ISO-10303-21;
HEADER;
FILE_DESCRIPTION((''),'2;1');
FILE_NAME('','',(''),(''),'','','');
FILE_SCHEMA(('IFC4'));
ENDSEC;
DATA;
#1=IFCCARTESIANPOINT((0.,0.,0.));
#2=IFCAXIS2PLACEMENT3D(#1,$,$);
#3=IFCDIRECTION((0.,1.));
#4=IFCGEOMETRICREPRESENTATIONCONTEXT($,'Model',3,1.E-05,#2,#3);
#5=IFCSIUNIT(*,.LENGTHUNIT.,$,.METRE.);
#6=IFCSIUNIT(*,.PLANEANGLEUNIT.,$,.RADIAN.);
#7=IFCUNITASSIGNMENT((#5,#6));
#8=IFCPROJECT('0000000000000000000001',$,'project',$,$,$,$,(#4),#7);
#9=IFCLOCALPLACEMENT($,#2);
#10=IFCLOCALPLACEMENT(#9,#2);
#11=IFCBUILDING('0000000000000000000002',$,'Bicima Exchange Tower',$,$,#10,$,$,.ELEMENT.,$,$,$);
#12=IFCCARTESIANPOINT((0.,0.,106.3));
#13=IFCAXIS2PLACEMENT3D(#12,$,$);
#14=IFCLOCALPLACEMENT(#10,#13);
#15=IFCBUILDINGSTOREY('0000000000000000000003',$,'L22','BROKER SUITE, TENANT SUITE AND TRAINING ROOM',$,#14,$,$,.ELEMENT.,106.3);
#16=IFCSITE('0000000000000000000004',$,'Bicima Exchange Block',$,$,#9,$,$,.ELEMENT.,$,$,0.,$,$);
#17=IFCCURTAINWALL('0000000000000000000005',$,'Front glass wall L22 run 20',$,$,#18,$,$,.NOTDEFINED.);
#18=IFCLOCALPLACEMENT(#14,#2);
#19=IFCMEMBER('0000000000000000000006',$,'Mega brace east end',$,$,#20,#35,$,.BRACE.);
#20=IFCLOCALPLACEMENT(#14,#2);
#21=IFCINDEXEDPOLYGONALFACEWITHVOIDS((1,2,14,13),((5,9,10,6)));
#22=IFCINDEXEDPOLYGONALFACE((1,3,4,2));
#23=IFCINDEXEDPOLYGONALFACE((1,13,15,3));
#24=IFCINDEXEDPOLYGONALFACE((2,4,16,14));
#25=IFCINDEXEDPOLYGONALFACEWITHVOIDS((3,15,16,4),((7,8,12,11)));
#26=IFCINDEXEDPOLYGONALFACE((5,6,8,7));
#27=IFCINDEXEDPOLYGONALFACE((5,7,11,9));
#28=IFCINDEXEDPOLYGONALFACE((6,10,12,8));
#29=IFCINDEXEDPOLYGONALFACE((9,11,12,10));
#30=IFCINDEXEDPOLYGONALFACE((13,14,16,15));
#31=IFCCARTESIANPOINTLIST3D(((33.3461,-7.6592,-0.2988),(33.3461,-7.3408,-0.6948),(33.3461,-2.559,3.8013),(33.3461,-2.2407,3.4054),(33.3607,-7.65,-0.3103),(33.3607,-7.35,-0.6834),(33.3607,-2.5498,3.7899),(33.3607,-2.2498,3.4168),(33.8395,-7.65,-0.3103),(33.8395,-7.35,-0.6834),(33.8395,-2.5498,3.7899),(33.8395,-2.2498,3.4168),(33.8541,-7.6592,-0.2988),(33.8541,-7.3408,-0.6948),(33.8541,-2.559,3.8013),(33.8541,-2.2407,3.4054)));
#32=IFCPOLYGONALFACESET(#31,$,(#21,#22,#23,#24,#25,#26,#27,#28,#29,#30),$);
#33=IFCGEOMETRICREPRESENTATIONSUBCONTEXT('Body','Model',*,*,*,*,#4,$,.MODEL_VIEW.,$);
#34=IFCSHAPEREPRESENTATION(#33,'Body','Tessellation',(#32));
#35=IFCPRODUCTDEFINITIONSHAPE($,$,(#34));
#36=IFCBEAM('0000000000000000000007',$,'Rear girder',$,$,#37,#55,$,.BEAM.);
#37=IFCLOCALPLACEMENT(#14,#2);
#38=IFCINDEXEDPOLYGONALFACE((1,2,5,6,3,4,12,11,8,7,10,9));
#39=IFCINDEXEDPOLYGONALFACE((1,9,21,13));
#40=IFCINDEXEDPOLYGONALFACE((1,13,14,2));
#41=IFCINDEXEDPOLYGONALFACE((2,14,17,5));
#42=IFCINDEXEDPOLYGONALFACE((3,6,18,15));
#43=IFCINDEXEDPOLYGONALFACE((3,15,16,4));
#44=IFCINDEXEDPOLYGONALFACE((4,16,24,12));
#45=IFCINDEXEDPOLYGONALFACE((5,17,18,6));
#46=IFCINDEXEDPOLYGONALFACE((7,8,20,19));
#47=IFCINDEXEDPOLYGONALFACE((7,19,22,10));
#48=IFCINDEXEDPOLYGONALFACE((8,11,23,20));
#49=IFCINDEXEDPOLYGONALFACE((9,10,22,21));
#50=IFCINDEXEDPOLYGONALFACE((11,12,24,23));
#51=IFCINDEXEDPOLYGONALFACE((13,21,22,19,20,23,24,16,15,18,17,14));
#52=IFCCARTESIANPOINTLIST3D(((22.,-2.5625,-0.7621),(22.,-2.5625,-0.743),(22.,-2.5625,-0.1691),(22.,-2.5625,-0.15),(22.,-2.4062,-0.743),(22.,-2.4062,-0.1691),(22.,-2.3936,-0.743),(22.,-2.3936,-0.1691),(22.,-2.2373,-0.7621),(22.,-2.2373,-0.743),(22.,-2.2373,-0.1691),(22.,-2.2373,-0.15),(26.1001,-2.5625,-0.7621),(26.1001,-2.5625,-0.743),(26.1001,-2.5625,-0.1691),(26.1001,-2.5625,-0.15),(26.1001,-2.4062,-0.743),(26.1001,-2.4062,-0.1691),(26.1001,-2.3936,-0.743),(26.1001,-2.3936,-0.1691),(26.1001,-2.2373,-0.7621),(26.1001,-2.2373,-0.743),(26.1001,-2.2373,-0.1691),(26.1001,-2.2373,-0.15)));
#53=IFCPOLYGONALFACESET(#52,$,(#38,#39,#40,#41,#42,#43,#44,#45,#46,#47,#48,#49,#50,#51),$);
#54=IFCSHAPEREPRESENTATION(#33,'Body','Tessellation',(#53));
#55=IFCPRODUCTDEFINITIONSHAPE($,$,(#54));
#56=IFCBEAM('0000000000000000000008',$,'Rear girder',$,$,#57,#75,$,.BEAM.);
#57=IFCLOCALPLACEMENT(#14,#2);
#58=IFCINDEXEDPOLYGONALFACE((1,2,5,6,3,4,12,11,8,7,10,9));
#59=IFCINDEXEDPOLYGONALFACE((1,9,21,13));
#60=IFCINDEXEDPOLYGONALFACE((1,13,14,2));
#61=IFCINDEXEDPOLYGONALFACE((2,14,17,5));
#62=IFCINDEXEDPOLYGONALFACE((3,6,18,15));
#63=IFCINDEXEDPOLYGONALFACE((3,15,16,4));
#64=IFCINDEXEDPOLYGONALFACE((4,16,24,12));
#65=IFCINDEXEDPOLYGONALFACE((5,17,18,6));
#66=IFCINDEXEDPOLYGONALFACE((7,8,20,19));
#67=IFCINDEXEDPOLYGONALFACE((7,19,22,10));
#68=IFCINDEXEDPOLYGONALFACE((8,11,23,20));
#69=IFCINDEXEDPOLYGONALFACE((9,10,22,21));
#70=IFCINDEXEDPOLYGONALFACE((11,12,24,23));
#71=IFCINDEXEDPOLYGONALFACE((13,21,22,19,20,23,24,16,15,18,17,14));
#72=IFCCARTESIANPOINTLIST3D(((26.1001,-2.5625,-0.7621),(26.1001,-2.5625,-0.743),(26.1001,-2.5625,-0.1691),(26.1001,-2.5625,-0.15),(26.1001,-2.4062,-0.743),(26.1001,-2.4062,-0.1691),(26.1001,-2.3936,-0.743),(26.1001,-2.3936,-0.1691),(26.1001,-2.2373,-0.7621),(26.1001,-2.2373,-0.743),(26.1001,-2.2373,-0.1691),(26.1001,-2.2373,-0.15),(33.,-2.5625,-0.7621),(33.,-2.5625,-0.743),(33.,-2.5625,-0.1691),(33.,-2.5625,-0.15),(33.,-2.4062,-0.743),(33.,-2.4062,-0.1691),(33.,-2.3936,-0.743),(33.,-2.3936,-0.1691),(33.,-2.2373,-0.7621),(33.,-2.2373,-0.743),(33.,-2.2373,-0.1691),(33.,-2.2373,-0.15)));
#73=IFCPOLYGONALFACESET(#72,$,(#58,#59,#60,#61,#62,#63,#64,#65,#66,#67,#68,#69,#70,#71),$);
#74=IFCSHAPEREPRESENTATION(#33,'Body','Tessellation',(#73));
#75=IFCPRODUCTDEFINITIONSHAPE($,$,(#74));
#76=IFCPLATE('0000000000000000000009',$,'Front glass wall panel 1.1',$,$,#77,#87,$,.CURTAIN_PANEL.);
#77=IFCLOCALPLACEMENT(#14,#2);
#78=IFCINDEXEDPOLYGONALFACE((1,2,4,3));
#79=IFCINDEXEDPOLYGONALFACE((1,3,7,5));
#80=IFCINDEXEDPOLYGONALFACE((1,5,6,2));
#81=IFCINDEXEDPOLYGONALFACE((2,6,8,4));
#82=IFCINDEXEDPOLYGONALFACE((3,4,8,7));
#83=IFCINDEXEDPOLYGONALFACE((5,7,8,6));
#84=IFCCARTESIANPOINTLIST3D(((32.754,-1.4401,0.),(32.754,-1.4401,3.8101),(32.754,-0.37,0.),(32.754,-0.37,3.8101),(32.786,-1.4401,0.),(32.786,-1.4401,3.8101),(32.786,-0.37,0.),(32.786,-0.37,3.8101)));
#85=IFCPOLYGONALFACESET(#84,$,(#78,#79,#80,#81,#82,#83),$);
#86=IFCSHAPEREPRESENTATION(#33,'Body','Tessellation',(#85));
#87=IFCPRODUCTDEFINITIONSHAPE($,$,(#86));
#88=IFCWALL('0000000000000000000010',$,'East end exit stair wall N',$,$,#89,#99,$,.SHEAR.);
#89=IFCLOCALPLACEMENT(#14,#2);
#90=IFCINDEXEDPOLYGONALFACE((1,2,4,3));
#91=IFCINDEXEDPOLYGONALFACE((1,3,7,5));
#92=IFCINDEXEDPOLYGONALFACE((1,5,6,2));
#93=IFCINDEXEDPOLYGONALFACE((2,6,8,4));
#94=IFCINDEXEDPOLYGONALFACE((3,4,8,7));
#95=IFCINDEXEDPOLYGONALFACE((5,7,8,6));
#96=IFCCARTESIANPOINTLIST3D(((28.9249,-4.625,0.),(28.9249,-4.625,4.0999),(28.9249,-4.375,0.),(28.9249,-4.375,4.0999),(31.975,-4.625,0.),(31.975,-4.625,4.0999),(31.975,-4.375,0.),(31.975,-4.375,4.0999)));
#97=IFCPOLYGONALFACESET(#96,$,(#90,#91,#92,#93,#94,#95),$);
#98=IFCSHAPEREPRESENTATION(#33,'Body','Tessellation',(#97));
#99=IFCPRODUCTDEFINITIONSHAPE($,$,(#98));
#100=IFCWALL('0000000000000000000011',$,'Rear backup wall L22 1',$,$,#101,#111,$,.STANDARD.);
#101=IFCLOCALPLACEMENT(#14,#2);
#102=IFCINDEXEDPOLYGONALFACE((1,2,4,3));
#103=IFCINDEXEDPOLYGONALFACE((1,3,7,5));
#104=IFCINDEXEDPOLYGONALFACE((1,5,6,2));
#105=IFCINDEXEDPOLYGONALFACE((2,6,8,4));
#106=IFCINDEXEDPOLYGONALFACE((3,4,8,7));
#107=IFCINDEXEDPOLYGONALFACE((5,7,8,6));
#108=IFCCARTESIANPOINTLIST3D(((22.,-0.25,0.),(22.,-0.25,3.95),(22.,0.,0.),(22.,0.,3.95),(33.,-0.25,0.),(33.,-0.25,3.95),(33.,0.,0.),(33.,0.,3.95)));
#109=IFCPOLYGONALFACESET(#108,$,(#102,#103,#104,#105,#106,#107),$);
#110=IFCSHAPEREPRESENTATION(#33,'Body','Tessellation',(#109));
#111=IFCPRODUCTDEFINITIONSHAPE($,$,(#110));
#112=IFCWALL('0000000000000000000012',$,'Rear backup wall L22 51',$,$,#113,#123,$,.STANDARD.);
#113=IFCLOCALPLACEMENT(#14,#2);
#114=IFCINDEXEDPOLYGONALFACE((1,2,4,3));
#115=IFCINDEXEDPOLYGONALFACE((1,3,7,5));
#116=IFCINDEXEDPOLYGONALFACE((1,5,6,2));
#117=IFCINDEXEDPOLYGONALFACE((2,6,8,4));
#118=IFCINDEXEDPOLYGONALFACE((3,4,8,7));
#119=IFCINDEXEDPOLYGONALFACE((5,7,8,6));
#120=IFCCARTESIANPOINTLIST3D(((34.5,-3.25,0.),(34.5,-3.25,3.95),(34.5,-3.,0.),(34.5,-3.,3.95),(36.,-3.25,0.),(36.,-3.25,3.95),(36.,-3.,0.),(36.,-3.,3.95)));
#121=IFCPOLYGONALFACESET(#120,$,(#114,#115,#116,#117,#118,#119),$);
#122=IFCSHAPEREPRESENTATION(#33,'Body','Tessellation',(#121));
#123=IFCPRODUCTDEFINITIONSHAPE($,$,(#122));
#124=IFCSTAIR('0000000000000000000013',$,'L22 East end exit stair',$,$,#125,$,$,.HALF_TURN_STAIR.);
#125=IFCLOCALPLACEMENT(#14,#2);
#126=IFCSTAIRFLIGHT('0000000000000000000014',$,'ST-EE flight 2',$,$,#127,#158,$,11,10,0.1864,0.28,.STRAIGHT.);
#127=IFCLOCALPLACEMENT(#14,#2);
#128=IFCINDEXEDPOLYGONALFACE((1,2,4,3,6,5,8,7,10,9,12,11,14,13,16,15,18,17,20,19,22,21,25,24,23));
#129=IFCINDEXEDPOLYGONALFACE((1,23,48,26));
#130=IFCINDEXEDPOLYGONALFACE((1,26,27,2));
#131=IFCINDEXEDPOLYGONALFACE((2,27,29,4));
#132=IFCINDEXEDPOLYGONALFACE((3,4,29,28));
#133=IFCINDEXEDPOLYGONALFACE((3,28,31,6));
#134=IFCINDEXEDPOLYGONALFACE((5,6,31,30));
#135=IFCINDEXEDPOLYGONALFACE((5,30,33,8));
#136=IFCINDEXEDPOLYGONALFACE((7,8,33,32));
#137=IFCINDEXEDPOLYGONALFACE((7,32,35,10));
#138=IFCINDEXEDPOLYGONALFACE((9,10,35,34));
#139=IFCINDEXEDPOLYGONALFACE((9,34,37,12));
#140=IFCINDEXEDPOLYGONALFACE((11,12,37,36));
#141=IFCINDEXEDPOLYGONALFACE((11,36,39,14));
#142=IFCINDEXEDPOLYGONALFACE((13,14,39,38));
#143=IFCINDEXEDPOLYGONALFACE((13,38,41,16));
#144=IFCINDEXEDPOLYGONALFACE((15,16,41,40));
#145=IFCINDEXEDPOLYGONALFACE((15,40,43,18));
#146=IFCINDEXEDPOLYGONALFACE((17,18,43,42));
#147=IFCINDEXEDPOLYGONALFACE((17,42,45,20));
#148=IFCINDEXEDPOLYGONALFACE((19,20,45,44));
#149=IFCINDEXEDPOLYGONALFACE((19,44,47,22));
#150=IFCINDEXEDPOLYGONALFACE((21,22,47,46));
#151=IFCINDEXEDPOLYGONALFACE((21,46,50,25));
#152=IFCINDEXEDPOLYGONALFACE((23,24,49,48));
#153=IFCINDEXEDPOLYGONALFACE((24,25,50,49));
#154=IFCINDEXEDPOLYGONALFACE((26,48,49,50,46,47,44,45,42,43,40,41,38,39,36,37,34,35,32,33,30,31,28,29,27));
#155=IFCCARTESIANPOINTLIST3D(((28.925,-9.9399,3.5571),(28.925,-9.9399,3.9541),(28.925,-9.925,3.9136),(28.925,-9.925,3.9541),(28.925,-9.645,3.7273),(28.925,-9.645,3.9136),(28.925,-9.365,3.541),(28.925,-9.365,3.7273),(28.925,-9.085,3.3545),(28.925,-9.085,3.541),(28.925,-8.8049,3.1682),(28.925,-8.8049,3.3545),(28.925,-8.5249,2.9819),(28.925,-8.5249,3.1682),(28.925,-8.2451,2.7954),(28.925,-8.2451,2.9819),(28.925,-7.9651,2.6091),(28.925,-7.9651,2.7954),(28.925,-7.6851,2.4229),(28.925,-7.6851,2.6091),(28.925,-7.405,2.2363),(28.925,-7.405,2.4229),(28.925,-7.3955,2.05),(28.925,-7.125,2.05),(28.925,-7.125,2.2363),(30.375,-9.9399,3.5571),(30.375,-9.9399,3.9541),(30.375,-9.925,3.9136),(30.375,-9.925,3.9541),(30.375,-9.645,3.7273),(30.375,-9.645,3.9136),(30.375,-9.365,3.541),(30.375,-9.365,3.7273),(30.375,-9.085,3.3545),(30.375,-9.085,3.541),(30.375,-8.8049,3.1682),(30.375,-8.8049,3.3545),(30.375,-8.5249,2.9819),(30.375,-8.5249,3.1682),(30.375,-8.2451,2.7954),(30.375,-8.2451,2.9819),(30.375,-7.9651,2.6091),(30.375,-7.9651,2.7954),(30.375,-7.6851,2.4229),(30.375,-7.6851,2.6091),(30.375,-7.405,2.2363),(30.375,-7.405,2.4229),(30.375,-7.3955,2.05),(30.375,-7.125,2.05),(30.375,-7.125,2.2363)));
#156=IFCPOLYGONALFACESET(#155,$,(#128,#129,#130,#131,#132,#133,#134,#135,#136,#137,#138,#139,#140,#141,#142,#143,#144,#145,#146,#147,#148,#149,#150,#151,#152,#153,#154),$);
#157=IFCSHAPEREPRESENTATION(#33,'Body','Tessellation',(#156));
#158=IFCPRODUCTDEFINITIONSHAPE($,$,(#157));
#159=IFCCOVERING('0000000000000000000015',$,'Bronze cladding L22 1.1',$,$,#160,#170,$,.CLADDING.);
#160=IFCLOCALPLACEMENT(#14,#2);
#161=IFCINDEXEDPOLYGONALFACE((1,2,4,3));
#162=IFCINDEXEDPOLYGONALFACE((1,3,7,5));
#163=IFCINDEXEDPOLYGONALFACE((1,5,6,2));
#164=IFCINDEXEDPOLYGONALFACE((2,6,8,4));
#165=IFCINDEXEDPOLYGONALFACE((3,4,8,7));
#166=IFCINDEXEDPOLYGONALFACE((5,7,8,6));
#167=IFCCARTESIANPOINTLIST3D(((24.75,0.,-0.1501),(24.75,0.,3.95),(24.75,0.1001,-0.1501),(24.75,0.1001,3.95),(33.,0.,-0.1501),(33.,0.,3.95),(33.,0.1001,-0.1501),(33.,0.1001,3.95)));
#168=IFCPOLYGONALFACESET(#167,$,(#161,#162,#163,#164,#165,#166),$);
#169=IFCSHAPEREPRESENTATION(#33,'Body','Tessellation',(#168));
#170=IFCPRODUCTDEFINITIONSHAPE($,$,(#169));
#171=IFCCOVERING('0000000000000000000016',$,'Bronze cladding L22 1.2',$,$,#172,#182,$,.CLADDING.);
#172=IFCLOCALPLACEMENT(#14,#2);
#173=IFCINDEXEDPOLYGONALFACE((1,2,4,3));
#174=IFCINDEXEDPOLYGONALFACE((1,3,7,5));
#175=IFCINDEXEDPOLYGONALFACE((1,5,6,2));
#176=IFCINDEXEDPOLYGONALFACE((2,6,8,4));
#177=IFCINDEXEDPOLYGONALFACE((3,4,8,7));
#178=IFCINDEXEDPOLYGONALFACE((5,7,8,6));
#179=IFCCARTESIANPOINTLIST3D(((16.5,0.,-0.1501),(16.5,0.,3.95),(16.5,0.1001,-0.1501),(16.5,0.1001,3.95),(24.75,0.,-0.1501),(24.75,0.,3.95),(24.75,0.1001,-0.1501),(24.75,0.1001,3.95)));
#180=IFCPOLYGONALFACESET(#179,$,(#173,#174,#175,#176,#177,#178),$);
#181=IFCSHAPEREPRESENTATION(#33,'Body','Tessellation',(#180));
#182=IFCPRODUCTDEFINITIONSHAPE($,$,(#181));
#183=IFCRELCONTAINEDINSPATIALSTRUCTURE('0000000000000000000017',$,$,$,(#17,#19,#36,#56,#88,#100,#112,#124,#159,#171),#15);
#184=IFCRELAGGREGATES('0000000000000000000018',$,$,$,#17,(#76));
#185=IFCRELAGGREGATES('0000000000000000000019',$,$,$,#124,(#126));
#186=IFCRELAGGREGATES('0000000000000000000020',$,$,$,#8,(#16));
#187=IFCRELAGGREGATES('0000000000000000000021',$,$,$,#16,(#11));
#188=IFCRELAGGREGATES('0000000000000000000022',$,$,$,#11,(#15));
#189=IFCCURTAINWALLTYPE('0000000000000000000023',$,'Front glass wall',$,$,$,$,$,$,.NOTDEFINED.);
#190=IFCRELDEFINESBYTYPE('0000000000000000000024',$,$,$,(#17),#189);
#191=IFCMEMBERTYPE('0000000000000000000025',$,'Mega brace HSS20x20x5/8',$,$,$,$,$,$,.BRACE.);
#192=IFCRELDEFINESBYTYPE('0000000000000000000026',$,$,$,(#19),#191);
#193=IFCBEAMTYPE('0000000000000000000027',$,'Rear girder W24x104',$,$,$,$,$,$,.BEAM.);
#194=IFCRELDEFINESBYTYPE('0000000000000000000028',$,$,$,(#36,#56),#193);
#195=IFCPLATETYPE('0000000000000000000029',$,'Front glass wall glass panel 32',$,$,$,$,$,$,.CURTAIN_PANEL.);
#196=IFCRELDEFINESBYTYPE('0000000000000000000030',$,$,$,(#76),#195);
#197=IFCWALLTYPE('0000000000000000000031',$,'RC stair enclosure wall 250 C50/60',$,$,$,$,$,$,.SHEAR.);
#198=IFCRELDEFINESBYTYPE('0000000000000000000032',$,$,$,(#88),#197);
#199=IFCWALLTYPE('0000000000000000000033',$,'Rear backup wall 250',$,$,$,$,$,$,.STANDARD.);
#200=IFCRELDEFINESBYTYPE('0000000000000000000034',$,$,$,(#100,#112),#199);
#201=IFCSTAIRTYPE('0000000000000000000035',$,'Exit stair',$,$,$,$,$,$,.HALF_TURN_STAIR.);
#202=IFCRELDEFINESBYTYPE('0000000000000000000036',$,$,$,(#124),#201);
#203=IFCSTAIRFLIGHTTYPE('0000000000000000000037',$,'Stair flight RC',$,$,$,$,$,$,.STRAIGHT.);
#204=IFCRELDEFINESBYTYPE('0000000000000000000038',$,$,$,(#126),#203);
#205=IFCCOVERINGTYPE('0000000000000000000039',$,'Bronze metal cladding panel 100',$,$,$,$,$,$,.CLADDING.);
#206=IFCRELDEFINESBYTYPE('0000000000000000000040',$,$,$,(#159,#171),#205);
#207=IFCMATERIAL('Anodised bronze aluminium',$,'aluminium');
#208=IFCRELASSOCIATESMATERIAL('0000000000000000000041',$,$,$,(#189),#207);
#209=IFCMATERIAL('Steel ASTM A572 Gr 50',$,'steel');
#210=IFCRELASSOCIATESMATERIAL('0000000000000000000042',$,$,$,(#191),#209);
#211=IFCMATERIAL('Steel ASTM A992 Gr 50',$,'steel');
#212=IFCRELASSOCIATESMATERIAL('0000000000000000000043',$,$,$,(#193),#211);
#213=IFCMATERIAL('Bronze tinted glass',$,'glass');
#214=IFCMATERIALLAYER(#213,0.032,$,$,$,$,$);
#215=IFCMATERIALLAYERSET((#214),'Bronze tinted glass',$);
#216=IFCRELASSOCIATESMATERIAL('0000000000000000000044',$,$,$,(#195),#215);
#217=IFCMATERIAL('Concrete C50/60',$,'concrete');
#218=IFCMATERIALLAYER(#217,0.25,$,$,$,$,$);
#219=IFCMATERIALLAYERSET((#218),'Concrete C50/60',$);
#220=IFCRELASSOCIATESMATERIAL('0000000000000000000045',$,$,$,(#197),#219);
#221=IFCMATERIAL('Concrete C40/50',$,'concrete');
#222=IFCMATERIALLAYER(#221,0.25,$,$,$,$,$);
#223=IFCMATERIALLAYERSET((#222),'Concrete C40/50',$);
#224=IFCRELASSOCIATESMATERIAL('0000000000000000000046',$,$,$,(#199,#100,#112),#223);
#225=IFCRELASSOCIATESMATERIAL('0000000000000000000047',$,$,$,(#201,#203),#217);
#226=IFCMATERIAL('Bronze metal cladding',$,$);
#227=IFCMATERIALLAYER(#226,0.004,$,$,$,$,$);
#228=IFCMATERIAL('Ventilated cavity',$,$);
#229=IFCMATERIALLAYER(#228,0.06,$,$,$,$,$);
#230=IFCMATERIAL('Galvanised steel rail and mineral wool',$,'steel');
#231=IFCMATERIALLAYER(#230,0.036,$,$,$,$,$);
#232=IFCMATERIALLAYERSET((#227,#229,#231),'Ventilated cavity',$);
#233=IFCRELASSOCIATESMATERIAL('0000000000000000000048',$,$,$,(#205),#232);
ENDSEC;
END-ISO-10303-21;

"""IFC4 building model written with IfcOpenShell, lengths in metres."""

from ifc_helpers import new_model, si_unit, direction, frame, frame_2d, origin, origin_2d, place, context, subcontext, project, spatial, polyline, rectangle, hollow_rectangle, i_section, outline, extrude, material, layer, layer_set, layer_usage, material_profile, profile_set, type_object, element, aggregate, save


model = new_model("IFC4")

# Units and contexts
model_context = context("Model", 3, precision=1e-05, world=origin(), true_north=direction((0.0, 1.0)))
body_context = subcontext(model_context, "Body", "Model", "MODEL_VIEW")
ifc_project = project(units=[si_unit("LENGTHUNIT", "METRE"), si_unit("PLANEANGLEUNIT", "RADIAN")], contexts=[model_context])

# Site, building, storey
site_placement = place(None, origin())
site = spatial("IfcSite", under=ifc_project, at=site_placement, Name="Bicima Exchange Block", CompositionType="ELEMENT", RefElevation=0.0)
building_placement = place(site_placement, origin())
building = spatial("IfcBuilding", under=site, at=building_placement, Name="Bicima Exchange Tower", CompositionType="ELEMENT")
storey_placement = place(building_placement, frame((0.0, 0.0, 106.3)))
storey = spatial("IfcBuildingStorey", under=building, at=storey_placement, Name="L22", Description="BROKER SUITE, TENANT SUITE AND TRAINING ROOM", CompositionType="ELEMENT", Elevation=106.3)

# Shared definitions
ifc_material_1 = material(Name="Steel ASTM A572 Gr 50", Category="steel")
ifc_material_2 = material(Name="Steel ASTM A992 Gr 50", Category="steel")

# Curtain wall
ifc_material_3 = material(Name="Anodised bronze aluminium", Category="aluminium")
curtain_wall_type = type_object("IfcCurtainWallType", Name="Front glass wall", PredefinedType="NOTDEFINED", material=ifc_material_3)
curtain_wall_placement = place(storey_placement, origin())
curtain_wall = element("IfcCurtainWall", 1, at=curtain_wall_placement, inside=storey, type_object=curtain_wall_type, Name="Front glass wall L22 run 20", PredefinedType="NOTDEFINED")

# Member
ifc_material_profile_1 = material_profile(ifc_material_1, hollow_rectangle(XDim=0.5081, YDim=0.5081, WallThickness=0.0146, at=origin_2d()))
ifc_profile_set_1 = profile_set([ifc_material_profile_1], Name="Steel ASTM A572 Gr 50")
member_type_1 = type_object("IfcMemberType", Name="Mega brace HSS20x20x5/8", PredefinedType="BRACE", material=ifc_profile_set_1)
member_1_placement = place(storey_placement, frame((33.6001, -7.5, -0.4968), z_axis=(0.0, 0.779374, 0.626559), x_axis=(-1.0, 0.0, 0.0)))
element("IfcMember", 2, at=member_1_placement, inside=storey, type_object=member_type_1, Name="Mega brace east end", PredefinedType="BRACE", context=body_context, shape_type="SweptSolid", body=[
    extrude(hollow_rectangle(XDim=0.5081, YDim=0.5081, WallThickness=0.0146, at=origin_2d()), origin(), (0.0, 0.0, 1.0), 6.5439),
])

# Beams
ifc_material_profile_2 = material_profile(ifc_material_2, i_section(OverallWidth=0.3252, OverallDepth=0.6121, WebThickness=0.0127, FlangeThickness=0.019, at=origin_2d()))
ifc_profile_set_2 = profile_set([ifc_material_profile_2], Name="Steel ASTM A992 Gr 50")
beam_type_1 = type_object("IfcBeamType", Name="Rear girder W24x104", PredefinedType="BEAM", material=ifc_profile_set_2)
beam_1_placement = place(storey_placement, frame((22.0, -2.3999, -0.4561), z_axis=(1.0, 0.0, 0.0), x_axis=(0.0, 1.0, 0.0)))
element("IfcBeam", 3, at=beam_1_placement, inside=storey, type_object=beam_type_1, Name="Rear girder", PredefinedType="BEAM", context=body_context, shape_type="SweptSolid", body=[
    extrude(i_section(OverallWidth=0.3252, OverallDepth=0.6121, WebThickness=0.0127, FlangeThickness=0.019, at=origin_2d()), origin(), (0.0, 0.0, 1.0), 4.1001),
])
beam_2_placement = place(storey_placement, frame((26.1001, -2.3999, -0.4561), z_axis=(1.0, 0.0, 0.0), x_axis=(0.0, 1.0, 0.0)))
element("IfcBeam", 4, at=beam_2_placement, inside=storey, type_object=beam_type_1, Name="Rear girder", PredefinedType="BEAM", context=body_context, shape_type="SweptSolid", body=[
    extrude(i_section(OverallWidth=0.3252, OverallDepth=0.6121, WebThickness=0.0127, FlangeThickness=0.019, at=origin_2d()), origin(), (0.0, 0.0, 1.0), 6.8999),
])

# Plate
ifc_material_4 = material(Name="Bronze tinted glass", Category="glass")
ifc_layer_1 = layer(ifc_material_4, 0.032)
ifc_layer_set_1 = layer_set([ifc_layer_1], Name="Bronze tinted glass")
plate_type = type_object("IfcPlateType", Name="Front glass wall glass panel 32", PredefinedType="CURTAIN_PANEL", material=ifc_layer_set_1)
plate_placement = place(storey_placement, frame((32.77, -0.905, 0.0), z_axis=(0.0, 0.0, 1.0), x_axis=(0.0, 1.0, 0.0)))
plate = element("IfcPlate", 5, at=plate_placement, type_object=plate_type, Name="Front glass wall panel 1.1", PredefinedType="CURTAIN_PANEL", context=body_context, shape_type="SweptSolid", body=[
    extrude(rectangle(XDim=1.0701, YDim=0.032, at=origin_2d()), origin(), (0.0, 0.0, 1.0), 3.8101),
])
aggregate(curtain_wall, [plate])

# Walls
ifc_material_5 = material(Name="Concrete C50/60", Category="concrete")
ifc_layer_2 = layer(ifc_material_5, 0.25)
ifc_layer_set_2 = layer_set([ifc_layer_2], Name="Concrete C50/60")
wall_type_1 = type_object("IfcWallType", Name="RC stair enclosure wall 250 C50/60", PredefinedType="SHEAR", material=ifc_layer_set_2)
wall_1_placement = place(storey_placement, frame((28.925, -4.5, 0.0), z_axis=(0.0, 0.0, 1.0), x_axis=(1.0, 0.0, 0.0)))
element("IfcWall", 6, at=wall_1_placement, inside=storey, type_object=wall_type_1, Name="East end exit stair wall N", PredefinedType="SHEAR", context=body_context, shape_type="SweptSolid", body=[
    extrude(rectangle(XDim=3.05, YDim=0.25, at=frame_2d((1.5249, 0.0))), origin(), (0.0, 0.0, 1.0), 4.0999),
])
ifc_material_6 = material(Name="Concrete C40/50", Category="concrete")
ifc_layer_3 = layer(ifc_material_6, 0.25)
ifc_layer_set_3 = layer_set([ifc_layer_3], Name="Concrete C40/50")
ifc_layer_usage = layer_usage(ifc_layer_set_3, "AXIS2", "POSITIVE", -0.125)
wall_type_2 = type_object("IfcWallType", Name="Rear backup wall 250", PredefinedType="STANDARD", material=ifc_layer_set_3)
wall_2_placement = place(storey_placement, frame((33.0, -0.125, 0.0), z_axis=(0.0, 0.0, 1.0), x_axis=(-1.0, 0.0, 0.0)))
element("IfcWall", 7, at=wall_2_placement, inside=storey, type_object=wall_type_2, material=ifc_layer_usage, Name="Rear backup wall L22 1", PredefinedType="STANDARD", context=body_context, shape_type="SweptSolid", body=[
    extrude(rectangle(XDim=11.0, YDim=0.25, at=frame_2d((5.5, 0.0))), origin(), (0.0, 0.0, 1.0), 3.95),
])
wall_3_placement = place(storey_placement, frame((36.0, -3.125, 0.0), z_axis=(0.0, 0.0, 1.0), x_axis=(-1.0, 0.0, 0.0)))
element("IfcWall", 8, at=wall_3_placement, inside=storey, type_object=wall_type_2, material=ifc_layer_usage, Name="Rear backup wall L22 51", PredefinedType="STANDARD", context=body_context, shape_type="SweptSolid", body=[
    extrude(rectangle(XDim=1.5, YDim=0.25, at=frame_2d((0.75, 0.0))), origin(), (0.0, 0.0, 1.0), 3.95),
])

# Stair, stair flight
stair_type = type_object("IfcStairType", Name="Exit stair", PredefinedType="HALF_TURN_STAIR", material=ifc_material_5)
stair_placement = place(storey_placement, origin())
stair = element("IfcStair", 9, at=stair_placement, inside=storey, type_object=stair_type, Name="L22 East end exit stair", PredefinedType="HALF_TURN_STAIR")
stair_flight_type = type_object("IfcStairFlightType", Name="Stair flight RC", PredefinedType="STRAIGHT", material=ifc_material_5)
stair_flight_placement = place(storey_placement, frame((29.6499, -7.125, 2.05), z_axis=(0.0, 0.0, 1.0), x_axis=(0.0, -1.0, 0.0)))
stair_flight = element("IfcStairFlight", 10, at=stair_flight_placement, type_object=stair_flight_type, Name="ST-EE flight 2", NumberOfRisers=11, NumberOfTreads=10, PredefinedType="STRAIGHT", RiserHeight=0.1864, TreadLength=0.28, context=body_context, shape_type="SweptSolid", body=[
    extrude(outline(polyline([(0.0, 0.0), (0.0, 0.1863), (0.28, 0.1863), (0.28, 0.3728), (0.5601, 0.3728), (0.5601, 0.5591), (0.8401, 0.5591), (0.8401, 0.7454), (1.1201, 0.7454), (1.1201, 0.9319), (1.3999, 0.9319), (1.3999, 1.1182), (1.6799, 1.1182), (1.6799, 1.3044), (1.96, 1.3044), (1.96, 1.491), (2.24, 1.491), (2.24, 1.6772), (2.52, 1.6772), (2.52, 1.8635), (2.8, 1.8635), (2.8, 1.9041), (2.8149, 1.9041), (2.8149, 1.5071), (0.2705, 0.0), (0.0, 0.0)])), frame((0.0, 0.7251, 0.0), z_axis=(0.0, -1.0, 0.0), x_axis=(1.0, 0.0, 0.0)), (0.0, 0.0, 1.0), 1.45),
])
aggregate(stair, [stair_flight])

# Coverings
ifc_material_7 = material(Name="Bronze metal cladding")
ifc_layer_4 = layer(ifc_material_7, 0.004)
ifc_material_8 = material(Name="Ventilated cavity")
ifc_layer_5 = layer(ifc_material_8, 0.06)
ifc_material_9 = material(Name="Galvanised steel rail and mineral wool", Category="steel")
ifc_layer_6 = layer(ifc_material_9, 0.036)
ifc_layer_set_4 = layer_set([ifc_layer_4, ifc_layer_5, ifc_layer_6], Name="Ventilated cavity")
covering_type = type_object("IfcCoveringType", Name="Bronze metal cladding panel 100", PredefinedType="CLADDING", material=ifc_layer_set_4)
for number, where, z_axis, x_axis, name in (
    (11, (28.875, 0.05, -0.1501), (0.0, 0.0, 1.0), (-1.0, 0.0, 0.0), "Bronze cladding L22 1.1"),
    (12, (20.625, 0.05, -0.1501), (0.0, 0.0, 1.0), (-1.0, 0.0, 0.0), "Bronze cladding L22 1.2"),
):
    element("IfcCovering", number, at=place(storey_placement, frame(where, z_axis=z_axis, x_axis=x_axis)), inside=storey, type_object=covering_type, Name=name, PredefinedType="CLADDING", context=body_context, shape_type="SweptSolid", body=[
        extrude(rectangle(XDim=8.25, YDim=0.1001, at=origin_2d()), origin(), (0.0, 0.0, 1.0), 4.1001),
    ])

save(model, "model.ifc")
